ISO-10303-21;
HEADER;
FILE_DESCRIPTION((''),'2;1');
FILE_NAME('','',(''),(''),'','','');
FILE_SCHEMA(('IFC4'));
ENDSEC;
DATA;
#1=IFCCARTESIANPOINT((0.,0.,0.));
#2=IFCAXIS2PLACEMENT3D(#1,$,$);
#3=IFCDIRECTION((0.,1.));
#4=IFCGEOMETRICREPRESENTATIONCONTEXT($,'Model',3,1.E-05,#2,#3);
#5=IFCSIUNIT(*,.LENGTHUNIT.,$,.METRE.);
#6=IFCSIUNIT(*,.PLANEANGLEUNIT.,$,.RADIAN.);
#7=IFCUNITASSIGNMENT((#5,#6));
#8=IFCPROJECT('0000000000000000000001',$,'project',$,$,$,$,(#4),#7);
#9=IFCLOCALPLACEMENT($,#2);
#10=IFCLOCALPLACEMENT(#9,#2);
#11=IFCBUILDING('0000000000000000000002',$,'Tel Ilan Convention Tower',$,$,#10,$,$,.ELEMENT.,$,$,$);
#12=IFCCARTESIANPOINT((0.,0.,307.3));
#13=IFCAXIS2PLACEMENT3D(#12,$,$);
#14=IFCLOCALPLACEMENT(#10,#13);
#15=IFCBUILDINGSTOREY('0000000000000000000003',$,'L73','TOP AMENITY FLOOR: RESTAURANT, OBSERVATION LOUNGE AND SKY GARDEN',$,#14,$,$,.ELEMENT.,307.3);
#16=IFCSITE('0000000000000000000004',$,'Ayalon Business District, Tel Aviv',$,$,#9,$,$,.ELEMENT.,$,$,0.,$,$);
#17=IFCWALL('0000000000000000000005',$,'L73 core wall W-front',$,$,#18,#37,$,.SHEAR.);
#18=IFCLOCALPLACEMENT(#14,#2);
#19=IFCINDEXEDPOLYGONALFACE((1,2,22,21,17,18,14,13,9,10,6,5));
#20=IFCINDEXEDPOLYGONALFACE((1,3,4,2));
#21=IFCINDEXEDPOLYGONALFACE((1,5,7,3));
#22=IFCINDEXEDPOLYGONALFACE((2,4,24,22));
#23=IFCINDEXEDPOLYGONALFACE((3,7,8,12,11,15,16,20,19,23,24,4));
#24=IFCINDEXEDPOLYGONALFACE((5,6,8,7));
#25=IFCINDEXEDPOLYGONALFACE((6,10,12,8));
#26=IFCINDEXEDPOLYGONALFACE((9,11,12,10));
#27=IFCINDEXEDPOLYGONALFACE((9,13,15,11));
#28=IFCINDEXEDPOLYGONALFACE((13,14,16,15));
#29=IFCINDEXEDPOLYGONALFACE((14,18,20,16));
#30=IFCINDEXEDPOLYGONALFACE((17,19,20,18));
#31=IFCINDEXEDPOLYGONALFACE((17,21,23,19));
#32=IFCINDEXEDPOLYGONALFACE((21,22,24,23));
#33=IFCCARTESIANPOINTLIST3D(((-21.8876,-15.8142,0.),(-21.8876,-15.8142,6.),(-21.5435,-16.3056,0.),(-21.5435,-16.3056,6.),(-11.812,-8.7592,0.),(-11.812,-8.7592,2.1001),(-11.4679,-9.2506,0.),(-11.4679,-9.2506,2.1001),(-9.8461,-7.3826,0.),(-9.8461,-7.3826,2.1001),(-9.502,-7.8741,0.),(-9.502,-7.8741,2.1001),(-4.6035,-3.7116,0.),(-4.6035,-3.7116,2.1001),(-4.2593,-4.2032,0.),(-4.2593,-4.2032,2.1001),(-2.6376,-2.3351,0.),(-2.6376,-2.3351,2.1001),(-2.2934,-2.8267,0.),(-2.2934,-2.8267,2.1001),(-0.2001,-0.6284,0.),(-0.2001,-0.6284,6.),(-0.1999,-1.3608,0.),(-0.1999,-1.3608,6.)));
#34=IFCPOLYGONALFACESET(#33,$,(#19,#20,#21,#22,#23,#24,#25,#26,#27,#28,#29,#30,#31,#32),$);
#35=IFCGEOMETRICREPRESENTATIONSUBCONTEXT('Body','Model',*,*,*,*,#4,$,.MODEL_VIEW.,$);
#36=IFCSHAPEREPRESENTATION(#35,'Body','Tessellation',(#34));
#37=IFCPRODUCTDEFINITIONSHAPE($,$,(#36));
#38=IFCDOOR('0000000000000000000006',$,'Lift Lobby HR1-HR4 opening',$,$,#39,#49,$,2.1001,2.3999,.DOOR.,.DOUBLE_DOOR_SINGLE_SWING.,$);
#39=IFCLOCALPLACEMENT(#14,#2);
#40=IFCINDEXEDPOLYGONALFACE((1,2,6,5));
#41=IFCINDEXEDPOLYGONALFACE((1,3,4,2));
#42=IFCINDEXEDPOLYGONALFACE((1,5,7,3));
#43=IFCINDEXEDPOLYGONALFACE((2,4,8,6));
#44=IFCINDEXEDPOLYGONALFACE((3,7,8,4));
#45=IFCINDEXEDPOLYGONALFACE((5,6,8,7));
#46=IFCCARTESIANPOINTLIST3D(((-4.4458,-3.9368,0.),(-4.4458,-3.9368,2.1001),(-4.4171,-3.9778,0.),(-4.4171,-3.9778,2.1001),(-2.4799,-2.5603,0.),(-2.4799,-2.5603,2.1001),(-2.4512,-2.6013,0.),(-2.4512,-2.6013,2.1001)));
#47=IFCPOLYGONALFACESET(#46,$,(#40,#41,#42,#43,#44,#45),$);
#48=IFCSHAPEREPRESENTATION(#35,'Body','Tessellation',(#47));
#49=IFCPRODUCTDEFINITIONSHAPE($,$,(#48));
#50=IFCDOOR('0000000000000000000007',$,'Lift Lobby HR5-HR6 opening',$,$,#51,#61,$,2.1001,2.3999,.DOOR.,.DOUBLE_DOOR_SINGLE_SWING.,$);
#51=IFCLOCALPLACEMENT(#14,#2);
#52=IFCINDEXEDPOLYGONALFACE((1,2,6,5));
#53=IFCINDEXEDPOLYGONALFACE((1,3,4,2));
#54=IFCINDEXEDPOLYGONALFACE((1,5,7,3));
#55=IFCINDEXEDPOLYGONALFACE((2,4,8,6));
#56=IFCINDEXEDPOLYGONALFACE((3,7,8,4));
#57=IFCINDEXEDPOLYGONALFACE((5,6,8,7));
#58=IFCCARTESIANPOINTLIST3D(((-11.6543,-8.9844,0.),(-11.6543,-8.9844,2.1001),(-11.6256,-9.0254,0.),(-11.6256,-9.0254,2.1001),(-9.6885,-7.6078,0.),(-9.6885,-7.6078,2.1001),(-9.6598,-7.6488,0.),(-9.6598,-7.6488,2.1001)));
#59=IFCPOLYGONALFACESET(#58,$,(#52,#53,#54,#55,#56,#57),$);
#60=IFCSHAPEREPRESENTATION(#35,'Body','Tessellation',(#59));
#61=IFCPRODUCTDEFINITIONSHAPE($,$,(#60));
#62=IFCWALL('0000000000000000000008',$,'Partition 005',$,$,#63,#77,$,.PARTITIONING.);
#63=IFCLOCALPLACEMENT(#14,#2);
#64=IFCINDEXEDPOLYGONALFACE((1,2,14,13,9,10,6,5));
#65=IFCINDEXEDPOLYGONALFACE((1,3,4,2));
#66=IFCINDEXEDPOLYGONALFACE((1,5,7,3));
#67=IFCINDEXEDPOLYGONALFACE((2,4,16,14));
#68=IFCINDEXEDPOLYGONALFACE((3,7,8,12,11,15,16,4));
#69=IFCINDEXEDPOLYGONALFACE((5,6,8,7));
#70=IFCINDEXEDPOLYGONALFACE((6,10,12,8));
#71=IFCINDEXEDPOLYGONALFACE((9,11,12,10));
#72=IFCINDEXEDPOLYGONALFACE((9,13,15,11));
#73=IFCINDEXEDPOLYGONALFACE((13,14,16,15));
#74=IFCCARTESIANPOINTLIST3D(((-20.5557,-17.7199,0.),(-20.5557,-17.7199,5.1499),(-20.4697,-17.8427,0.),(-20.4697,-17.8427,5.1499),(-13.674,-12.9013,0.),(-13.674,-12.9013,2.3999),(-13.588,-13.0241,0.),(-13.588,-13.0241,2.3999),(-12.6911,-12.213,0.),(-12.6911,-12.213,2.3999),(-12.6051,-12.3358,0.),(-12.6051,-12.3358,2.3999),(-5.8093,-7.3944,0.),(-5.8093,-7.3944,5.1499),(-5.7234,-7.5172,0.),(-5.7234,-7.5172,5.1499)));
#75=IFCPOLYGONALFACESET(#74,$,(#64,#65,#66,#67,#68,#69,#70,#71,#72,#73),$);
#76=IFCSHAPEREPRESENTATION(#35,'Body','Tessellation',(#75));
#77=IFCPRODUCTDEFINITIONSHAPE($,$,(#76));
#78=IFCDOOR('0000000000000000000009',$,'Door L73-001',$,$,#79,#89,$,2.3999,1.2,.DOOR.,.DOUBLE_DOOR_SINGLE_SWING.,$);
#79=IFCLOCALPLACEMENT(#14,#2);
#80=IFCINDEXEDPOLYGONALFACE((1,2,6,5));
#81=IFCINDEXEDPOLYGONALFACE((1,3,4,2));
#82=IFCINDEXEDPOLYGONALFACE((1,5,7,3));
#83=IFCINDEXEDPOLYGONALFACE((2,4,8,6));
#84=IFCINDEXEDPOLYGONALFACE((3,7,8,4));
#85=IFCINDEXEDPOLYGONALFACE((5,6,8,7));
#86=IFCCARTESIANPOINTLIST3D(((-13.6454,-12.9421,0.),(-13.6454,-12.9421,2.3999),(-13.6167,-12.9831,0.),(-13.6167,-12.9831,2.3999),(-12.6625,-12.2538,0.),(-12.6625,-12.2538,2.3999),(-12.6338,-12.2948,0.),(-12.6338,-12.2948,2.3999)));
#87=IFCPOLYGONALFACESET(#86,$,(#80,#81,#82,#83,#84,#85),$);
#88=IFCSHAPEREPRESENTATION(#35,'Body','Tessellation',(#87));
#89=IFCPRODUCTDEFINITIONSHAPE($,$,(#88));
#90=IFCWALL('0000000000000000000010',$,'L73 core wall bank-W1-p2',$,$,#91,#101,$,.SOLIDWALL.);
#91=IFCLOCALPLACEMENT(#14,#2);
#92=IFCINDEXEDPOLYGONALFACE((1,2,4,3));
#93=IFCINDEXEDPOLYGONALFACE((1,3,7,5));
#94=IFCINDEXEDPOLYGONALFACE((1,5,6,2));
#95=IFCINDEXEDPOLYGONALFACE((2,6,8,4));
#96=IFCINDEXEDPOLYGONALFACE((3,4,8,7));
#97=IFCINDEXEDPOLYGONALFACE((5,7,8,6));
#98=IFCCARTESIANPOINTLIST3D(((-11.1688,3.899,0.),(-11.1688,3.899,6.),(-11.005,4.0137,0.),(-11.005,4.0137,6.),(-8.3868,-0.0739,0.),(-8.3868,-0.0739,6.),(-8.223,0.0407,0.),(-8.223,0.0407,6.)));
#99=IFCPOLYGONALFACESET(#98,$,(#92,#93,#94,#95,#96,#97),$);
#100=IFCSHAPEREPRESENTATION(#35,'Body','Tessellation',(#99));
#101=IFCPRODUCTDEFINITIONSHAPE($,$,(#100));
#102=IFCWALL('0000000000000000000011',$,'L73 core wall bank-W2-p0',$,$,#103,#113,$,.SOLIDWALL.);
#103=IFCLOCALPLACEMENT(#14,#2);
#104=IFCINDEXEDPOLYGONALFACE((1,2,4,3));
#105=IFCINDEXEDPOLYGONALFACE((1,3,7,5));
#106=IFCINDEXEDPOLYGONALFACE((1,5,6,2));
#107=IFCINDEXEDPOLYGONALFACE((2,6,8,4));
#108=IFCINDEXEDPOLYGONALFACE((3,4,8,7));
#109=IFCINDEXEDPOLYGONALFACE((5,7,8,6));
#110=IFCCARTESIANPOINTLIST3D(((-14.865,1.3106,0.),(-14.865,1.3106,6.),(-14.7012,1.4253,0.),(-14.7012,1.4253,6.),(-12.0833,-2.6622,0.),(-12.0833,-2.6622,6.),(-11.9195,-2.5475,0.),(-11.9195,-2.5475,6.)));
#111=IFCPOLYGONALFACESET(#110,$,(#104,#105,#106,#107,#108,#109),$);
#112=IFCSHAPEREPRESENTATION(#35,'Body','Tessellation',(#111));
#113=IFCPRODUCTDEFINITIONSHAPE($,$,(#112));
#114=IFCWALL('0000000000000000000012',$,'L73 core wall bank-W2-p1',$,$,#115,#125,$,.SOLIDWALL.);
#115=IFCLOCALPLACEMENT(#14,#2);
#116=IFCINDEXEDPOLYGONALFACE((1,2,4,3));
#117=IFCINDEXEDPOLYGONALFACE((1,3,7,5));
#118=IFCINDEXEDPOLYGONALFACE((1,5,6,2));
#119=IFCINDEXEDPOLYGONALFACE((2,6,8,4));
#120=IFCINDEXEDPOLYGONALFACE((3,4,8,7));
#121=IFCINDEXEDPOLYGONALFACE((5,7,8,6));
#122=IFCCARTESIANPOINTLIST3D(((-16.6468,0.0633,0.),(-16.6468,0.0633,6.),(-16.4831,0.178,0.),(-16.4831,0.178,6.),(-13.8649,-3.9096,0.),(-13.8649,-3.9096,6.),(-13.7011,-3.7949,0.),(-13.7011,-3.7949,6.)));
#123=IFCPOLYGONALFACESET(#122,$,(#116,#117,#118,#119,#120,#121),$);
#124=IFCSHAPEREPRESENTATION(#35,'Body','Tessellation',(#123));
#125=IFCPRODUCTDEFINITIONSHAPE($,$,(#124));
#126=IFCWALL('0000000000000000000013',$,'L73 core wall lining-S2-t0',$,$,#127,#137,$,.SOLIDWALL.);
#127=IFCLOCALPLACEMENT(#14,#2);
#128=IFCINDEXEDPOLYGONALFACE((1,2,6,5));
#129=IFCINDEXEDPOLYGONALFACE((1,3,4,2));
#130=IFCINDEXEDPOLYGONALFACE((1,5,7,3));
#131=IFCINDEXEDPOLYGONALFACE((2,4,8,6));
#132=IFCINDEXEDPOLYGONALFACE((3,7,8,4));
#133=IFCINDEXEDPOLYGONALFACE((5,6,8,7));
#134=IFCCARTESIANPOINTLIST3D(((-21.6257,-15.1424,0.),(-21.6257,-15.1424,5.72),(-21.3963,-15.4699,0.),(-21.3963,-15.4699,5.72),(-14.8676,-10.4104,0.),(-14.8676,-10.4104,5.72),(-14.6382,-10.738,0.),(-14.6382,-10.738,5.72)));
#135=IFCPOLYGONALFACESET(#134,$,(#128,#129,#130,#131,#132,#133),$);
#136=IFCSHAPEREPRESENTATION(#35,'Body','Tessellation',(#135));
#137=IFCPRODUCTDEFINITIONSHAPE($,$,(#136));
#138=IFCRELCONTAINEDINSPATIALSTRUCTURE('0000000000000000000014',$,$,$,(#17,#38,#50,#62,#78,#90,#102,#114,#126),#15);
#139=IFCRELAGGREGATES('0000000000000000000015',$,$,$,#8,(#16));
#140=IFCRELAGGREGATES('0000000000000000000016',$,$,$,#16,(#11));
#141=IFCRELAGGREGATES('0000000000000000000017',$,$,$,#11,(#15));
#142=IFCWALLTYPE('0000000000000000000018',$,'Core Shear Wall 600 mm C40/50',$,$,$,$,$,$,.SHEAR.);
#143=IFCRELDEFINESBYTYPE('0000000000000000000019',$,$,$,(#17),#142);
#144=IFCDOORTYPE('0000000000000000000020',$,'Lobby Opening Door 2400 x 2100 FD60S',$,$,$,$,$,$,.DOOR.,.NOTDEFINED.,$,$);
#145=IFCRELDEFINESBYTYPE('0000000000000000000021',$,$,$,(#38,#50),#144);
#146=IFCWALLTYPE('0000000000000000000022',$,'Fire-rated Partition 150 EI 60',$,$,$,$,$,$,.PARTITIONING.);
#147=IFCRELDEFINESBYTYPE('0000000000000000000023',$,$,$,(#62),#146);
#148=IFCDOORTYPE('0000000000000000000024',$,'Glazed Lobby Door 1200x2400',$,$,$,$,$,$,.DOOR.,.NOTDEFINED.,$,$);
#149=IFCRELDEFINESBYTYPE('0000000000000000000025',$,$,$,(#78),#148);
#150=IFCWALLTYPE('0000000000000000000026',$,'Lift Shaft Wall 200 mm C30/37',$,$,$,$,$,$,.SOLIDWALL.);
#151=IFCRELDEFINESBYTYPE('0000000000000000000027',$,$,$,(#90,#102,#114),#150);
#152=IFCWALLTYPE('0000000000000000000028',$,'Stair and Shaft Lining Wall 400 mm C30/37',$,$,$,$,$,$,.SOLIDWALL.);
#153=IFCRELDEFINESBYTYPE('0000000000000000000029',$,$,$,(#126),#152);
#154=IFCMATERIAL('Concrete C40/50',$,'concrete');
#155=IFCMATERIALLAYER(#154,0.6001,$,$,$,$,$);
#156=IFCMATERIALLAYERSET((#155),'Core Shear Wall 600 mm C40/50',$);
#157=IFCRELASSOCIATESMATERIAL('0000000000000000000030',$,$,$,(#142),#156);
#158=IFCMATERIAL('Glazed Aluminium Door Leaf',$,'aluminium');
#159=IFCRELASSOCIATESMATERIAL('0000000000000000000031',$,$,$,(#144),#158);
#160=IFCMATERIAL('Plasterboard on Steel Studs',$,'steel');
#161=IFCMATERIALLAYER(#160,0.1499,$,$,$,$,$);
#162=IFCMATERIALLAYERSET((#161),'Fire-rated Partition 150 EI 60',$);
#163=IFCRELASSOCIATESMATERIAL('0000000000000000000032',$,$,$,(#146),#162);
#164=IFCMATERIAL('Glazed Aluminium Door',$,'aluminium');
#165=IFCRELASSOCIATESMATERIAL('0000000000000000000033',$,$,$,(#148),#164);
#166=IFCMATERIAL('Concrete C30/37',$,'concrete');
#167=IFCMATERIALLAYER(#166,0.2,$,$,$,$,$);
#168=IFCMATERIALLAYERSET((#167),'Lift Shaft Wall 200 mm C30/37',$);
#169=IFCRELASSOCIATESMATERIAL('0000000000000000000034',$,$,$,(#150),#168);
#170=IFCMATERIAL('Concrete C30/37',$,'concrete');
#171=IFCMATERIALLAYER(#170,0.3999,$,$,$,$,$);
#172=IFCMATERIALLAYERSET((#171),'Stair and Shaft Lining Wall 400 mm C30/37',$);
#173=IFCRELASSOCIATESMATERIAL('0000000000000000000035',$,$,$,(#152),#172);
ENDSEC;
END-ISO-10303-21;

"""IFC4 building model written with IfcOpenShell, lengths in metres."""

from ifc_helpers import new_model, si_unit, direction, frame, frame_2d, origin, place, context, subcontext, project, spatial, polyline, rectangle, outline, extrude, material, layer, layer_set, type_object, element, fill, save


model = new_model("IFC4")

# Units and contexts
model_context = context("Model", 3, precision=1e-05, world=origin(), true_north=direction((0.0, 1.0)))
body_context = subcontext(model_context, "Body", "Model", "MODEL_VIEW")
ifc_project = project(units=[si_unit("LENGTHUNIT", "METRE"), si_unit("PLANEANGLEUNIT", "RADIAN")], contexts=[model_context])

# Site, building, storey
site_placement = place(None, origin())
site = spatial("IfcSite", under=ifc_project, at=site_placement, Name="Ayalon Business District, Tel Aviv", CompositionType="ELEMENT", RefElevation=0.0)
building_placement = place(site_placement, origin())
building = spatial("IfcBuilding", under=site, at=building_placement, Name="Tel Ilan Convention Tower", CompositionType="ELEMENT")
storey_placement = place(building_placement, frame((0.0, 0.0, 307.3)))
storey = spatial("IfcBuildingStorey", under=building, at=storey_placement, Name="L73", Description="TOP AMENITY FLOOR: RESTAURANT, OBSERVATION LOUNGE AND SKY GARDEN", CompositionType="ELEMENT", Elevation=307.3)

# Wall, openings, doors
ifc_material_1 = material(Name="Concrete C40/50", Category="concrete")
ifc_layer_1 = layer(ifc_material_1, 0.6001)
ifc_layer_set_1 = layer_set([ifc_layer_1], Name="Core Shear Wall 600 mm C40/50")
wall_type_1 = type_object("IfcWallType", Name="Core Shear Wall 600 mm C40/50", PredefinedType="SHEAR", material=ifc_layer_set_1)
wall_1_placement = place(storey_placement, frame((-0.0278, -0.874, 0.0), z_axis=(0.0, 0.0, 1.0), x_axis=(-0.81915, -0.573579, 0.0)))
wall_1 = element("IfcWall", 1, at=wall_1_placement, inside=storey, type_object=wall_type_1, Name="L73 core wall W-front", PredefinedType="SHEAR", context=body_context, shape_type="SweptSolid", body=[
    extrude(outline(polyline([(26.4758, 0.2998), (0.4202, 0.3), (0.0002, -0.3), (26.4758, -0.3), (26.4758, 0.2998)])), origin(), (0.0, 0.0, 1.0), 6.0),
])
opening_1_placement = place(wall_1_placement, frame((2.9758, 0.0, 0.0)))
opening_1 = element("IfcOpeningElement", 2, at=opening_1_placement, cuts=wall_1, PredefinedType="OPENING", context=body_context, shape_type="SweptSolid", body=[
    extrude(rectangle(XDim=2.3999, YDim=2.1001, at=frame_2d((1.2, 1.05))), frame((0.0, 0.3101, 0.0), z_axis=(0.0, -1.0, 0.0), x_axis=(1.0, 0.0, 0.0)), (0.0, 0.0, 1.0), 0.6201),
])
opening_2_placement = place(wall_1_placement, frame((11.7759, 0.0, 0.0)))
opening_2 = element("IfcOpeningElement", 3, at=opening_2_placement, cuts=wall_1, PredefinedType="OPENING", context=body_context, shape_type="SweptSolid", body=[
    extrude(rectangle(XDim=2.3999, YDim=2.1001, at=frame_2d((1.2, 1.05))), frame((0.0, 0.3101, 0.0), z_axis=(0.0, -1.0, 0.0), x_axis=(1.0, 0.0, 0.0)), (0.0, 0.0, 1.0), 0.6201),
])
ifc_material_2 = material(Name="Glazed Aluminium Door Leaf", Category="aluminium")
door_type_1 = type_object("IfcDoorType", Name="Lobby Opening Door 2400 x 2100 FD60S", OperationType="NOTDEFINED", PredefinedType="DOOR", material=ifc_material_2)
door_1_placement = place(opening_1_placement, origin())
door_1 = element("IfcDoor", 4, at=door_1_placement, inside=storey, type_object=door_type_1, Name="Lift Lobby HR1-HR4 opening", OperationType="DOUBLE_DOOR_SINGLE_SWING", OverallHeight=2.1001, OverallWidth=2.3999, PredefinedType="DOOR", context=body_context, shape_type="SweptSolid", body=[
    extrude(rectangle(XDim=2.3999, YDim=2.1001, at=frame_2d((1.2, 1.05))), frame((0.0, 0.0249, 0.0), z_axis=(0.0, -1.0, 0.0), x_axis=(1.0, 0.0, 0.0)), (0.0, 0.0, 1.0), 0.05),
])
fill(opening_1, door_1)
door_2_placement = place(opening_2_placement, origin())
door_2 = element("IfcDoor", 5, at=door_2_placement, inside=storey, type_object=door_type_1, Name="Lift Lobby HR5-HR6 opening", OperationType="DOUBLE_DOOR_SINGLE_SWING", OverallHeight=2.1001, OverallWidth=2.3999, PredefinedType="DOOR", context=body_context, shape_type="SweptSolid", body=[
    extrude(rectangle(XDim=2.3999, YDim=2.1001, at=frame_2d((1.2, 1.05))), frame((0.0, 0.0249, 0.0), z_axis=(0.0, -1.0, 0.0), x_axis=(1.0, 0.0, 0.0)), (0.0, 0.0, 1.0), 0.05),
])
fill(opening_2, door_2)

# Wall, opening, door
ifc_material_3 = material(Name="Plasterboard on Steel Studs", Category="steel")
ifc_layer_2 = layer(ifc_material_3, 0.1499)
ifc_layer_set_2 = layer_set([ifc_layer_2], Name="Fire-rated Partition 150 EI 60")
wall_type_2 = type_object("IfcWallType", Name="Fire-rated Partition 150 EI 60", PredefinedType="PARTITIONING", material=ifc_layer_set_2)
wall_2_placement = place(storey_placement, frame((-5.7664, -7.4558, 0.0), z_axis=(0.0, 0.0, 1.0), x_axis=(-0.819154, -0.573574, 0.0)))
wall_2 = element("IfcWall", 6, at=wall_2_placement, inside=storey, type_object=wall_type_2, Name="Partition 005", PredefinedType="PARTITIONING", context=body_context, shape_type="SweptSolid", body=[
    extrude(rectangle(XDim=18.002, YDim=0.1499, at=frame_2d((9.001, 0.0))), origin(), (0.0, 0.0, 1.0), 5.1499),
])
opening_3_placement = place(wall_2_placement, frame((8.4009, 0.0, 0.0)))
opening_3 = element("IfcOpeningElement", 7, at=opening_3_placement, cuts=wall_2, PredefinedType="OPENING", context=body_context, shape_type="SweptSolid", body=[
    extrude(rectangle(XDim=1.2, YDim=2.3999, at=frame_2d((0.6001, 1.2))), frame((0.0, 0.085, 0.0), z_axis=(0.0, -1.0, 0.0), x_axis=(1.0, 0.0, 0.0)), (0.0, 0.0, 1.0), 0.1699),
])
ifc_material_4 = material(Name="Glazed Aluminium Door", Category="aluminium")
door_type_2 = type_object("IfcDoorType", Name="Glazed Lobby Door 1200x2400", OperationType="NOTDEFINED", PredefinedType="DOOR", material=ifc_material_4)
door_3_placement = place(opening_3_placement, origin())
door_3 = element("IfcDoor", 8, at=door_3_placement, inside=storey, type_object=door_type_2, Name="Door L73-001", OperationType="DOUBLE_DOOR_SINGLE_SWING", OverallHeight=2.3999, OverallWidth=1.2, PredefinedType="DOOR", context=body_context, shape_type="SweptSolid", body=[
    extrude(rectangle(XDim=1.2, YDim=2.3999, at=frame_2d((0.6001, 1.2))), frame((0.0, 0.0249, 0.0), z_axis=(0.0, -1.0, 0.0), x_axis=(1.0, 0.0, 0.0)), (0.0, 0.0, 1.0), 0.05),
])
fill(opening_3, door_3)

# Walls
ifc_material_5 = material(Name="Concrete C30/37", Category="concrete")
ifc_layer_3 = layer(ifc_material_5, 0.2)
ifc_layer_set_3 = layer_set([ifc_layer_3], Name="Lift Shaft Wall 200 mm C30/37")
wall_type_3 = type_object("IfcWallType", Name="Lift Shaft Wall 200 mm C30/37", PredefinedType="SOLIDWALL", material=ifc_layer_set_3)
wall_3_placement = place(storey_placement, frame((-8.3049, -0.0166, 0.0), z_axis=(0.0, 0.0, 1.0), x_axis=(-0.573594, 0.81914, 0.0)))
element("IfcWall", 9, at=wall_3_placement, inside=storey, type_object=wall_type_3, Name="L73 core wall bank-W1-p2", PredefinedType="SOLIDWALL", context=body_context, shape_type="SweptSolid", body=[
    extrude(rectangle(XDim=4.8501, YDim=0.2, at=frame_2d((2.425, 0.0))), origin(), (0.0, 0.0, 1.0), 6.0),
])
wall_4_placement = place(storey_placement, frame((-12.0015, -2.6047, 0.0), z_axis=(0.0, 0.0, 1.0), x_axis=(-0.57356, 0.819163, 0.0)))
element("IfcWall", 10, at=wall_4_placement, inside=storey, type_object=wall_type_3, Name="L73 core wall bank-W2-p0", PredefinedType="SOLIDWALL", context=body_context, shape_type="SweptSolid", body=[
    extrude(rectangle(XDim=4.8499, YDim=0.2, at=frame_2d((2.4248, 0.0))), origin(), (0.0, 0.0, 1.0), 6.0),
])
wall_5_placement = place(storey_placement, frame((-13.783, -3.8523, 0.0), z_axis=(0.0, 0.0, 1.0), x_axis=(-0.573594, 0.81914, 0.0)))
element("IfcWall", 11, at=wall_5_placement, inside=storey, type_object=wall_type_3, Name="L73 core wall bank-W2-p1", PredefinedType="SOLIDWALL", context=body_context, shape_type="SweptSolid", body=[
    extrude(rectangle(XDim=4.8501, YDim=0.2, at=frame_2d((2.425, 0.0))), origin(), (0.0, 0.0, 1.0), 6.0),
])
ifc_material_6 = material(Name="Concrete C30/37", Category="concrete")
ifc_layer_4 = layer(ifc_material_6, 0.3999)
ifc_layer_set_4 = layer_set([ifc_layer_4], Name="Stair and Shaft Lining Wall 400 mm C30/37")
wall_type_4 = type_object("IfcWallType", Name="Stair and Shaft Lining Wall 400 mm C30/37", PredefinedType="SOLIDWALL", material=ifc_layer_set_4)
wall_6_placement = place(storey_placement, frame((-14.7529, -10.5742, 0.0), z_axis=(0.0, 0.0, 1.0), x_axis=(-0.819158, -0.573568, 0.0)))
element("IfcWall", 12, at=wall_6_placement, inside=storey, type_object=wall_type_4, Name="L73 core wall lining-S2-t0", PredefinedType="SOLIDWALL", context=body_context, shape_type="SweptSolid", body=[
    extrude(rectangle(XDim=8.25, YDim=0.3999, at=frame_2d((4.125, 0.0))), origin(), (0.0, 0.0, 1.0), 5.72),
])

save(model, "model.ifc")
